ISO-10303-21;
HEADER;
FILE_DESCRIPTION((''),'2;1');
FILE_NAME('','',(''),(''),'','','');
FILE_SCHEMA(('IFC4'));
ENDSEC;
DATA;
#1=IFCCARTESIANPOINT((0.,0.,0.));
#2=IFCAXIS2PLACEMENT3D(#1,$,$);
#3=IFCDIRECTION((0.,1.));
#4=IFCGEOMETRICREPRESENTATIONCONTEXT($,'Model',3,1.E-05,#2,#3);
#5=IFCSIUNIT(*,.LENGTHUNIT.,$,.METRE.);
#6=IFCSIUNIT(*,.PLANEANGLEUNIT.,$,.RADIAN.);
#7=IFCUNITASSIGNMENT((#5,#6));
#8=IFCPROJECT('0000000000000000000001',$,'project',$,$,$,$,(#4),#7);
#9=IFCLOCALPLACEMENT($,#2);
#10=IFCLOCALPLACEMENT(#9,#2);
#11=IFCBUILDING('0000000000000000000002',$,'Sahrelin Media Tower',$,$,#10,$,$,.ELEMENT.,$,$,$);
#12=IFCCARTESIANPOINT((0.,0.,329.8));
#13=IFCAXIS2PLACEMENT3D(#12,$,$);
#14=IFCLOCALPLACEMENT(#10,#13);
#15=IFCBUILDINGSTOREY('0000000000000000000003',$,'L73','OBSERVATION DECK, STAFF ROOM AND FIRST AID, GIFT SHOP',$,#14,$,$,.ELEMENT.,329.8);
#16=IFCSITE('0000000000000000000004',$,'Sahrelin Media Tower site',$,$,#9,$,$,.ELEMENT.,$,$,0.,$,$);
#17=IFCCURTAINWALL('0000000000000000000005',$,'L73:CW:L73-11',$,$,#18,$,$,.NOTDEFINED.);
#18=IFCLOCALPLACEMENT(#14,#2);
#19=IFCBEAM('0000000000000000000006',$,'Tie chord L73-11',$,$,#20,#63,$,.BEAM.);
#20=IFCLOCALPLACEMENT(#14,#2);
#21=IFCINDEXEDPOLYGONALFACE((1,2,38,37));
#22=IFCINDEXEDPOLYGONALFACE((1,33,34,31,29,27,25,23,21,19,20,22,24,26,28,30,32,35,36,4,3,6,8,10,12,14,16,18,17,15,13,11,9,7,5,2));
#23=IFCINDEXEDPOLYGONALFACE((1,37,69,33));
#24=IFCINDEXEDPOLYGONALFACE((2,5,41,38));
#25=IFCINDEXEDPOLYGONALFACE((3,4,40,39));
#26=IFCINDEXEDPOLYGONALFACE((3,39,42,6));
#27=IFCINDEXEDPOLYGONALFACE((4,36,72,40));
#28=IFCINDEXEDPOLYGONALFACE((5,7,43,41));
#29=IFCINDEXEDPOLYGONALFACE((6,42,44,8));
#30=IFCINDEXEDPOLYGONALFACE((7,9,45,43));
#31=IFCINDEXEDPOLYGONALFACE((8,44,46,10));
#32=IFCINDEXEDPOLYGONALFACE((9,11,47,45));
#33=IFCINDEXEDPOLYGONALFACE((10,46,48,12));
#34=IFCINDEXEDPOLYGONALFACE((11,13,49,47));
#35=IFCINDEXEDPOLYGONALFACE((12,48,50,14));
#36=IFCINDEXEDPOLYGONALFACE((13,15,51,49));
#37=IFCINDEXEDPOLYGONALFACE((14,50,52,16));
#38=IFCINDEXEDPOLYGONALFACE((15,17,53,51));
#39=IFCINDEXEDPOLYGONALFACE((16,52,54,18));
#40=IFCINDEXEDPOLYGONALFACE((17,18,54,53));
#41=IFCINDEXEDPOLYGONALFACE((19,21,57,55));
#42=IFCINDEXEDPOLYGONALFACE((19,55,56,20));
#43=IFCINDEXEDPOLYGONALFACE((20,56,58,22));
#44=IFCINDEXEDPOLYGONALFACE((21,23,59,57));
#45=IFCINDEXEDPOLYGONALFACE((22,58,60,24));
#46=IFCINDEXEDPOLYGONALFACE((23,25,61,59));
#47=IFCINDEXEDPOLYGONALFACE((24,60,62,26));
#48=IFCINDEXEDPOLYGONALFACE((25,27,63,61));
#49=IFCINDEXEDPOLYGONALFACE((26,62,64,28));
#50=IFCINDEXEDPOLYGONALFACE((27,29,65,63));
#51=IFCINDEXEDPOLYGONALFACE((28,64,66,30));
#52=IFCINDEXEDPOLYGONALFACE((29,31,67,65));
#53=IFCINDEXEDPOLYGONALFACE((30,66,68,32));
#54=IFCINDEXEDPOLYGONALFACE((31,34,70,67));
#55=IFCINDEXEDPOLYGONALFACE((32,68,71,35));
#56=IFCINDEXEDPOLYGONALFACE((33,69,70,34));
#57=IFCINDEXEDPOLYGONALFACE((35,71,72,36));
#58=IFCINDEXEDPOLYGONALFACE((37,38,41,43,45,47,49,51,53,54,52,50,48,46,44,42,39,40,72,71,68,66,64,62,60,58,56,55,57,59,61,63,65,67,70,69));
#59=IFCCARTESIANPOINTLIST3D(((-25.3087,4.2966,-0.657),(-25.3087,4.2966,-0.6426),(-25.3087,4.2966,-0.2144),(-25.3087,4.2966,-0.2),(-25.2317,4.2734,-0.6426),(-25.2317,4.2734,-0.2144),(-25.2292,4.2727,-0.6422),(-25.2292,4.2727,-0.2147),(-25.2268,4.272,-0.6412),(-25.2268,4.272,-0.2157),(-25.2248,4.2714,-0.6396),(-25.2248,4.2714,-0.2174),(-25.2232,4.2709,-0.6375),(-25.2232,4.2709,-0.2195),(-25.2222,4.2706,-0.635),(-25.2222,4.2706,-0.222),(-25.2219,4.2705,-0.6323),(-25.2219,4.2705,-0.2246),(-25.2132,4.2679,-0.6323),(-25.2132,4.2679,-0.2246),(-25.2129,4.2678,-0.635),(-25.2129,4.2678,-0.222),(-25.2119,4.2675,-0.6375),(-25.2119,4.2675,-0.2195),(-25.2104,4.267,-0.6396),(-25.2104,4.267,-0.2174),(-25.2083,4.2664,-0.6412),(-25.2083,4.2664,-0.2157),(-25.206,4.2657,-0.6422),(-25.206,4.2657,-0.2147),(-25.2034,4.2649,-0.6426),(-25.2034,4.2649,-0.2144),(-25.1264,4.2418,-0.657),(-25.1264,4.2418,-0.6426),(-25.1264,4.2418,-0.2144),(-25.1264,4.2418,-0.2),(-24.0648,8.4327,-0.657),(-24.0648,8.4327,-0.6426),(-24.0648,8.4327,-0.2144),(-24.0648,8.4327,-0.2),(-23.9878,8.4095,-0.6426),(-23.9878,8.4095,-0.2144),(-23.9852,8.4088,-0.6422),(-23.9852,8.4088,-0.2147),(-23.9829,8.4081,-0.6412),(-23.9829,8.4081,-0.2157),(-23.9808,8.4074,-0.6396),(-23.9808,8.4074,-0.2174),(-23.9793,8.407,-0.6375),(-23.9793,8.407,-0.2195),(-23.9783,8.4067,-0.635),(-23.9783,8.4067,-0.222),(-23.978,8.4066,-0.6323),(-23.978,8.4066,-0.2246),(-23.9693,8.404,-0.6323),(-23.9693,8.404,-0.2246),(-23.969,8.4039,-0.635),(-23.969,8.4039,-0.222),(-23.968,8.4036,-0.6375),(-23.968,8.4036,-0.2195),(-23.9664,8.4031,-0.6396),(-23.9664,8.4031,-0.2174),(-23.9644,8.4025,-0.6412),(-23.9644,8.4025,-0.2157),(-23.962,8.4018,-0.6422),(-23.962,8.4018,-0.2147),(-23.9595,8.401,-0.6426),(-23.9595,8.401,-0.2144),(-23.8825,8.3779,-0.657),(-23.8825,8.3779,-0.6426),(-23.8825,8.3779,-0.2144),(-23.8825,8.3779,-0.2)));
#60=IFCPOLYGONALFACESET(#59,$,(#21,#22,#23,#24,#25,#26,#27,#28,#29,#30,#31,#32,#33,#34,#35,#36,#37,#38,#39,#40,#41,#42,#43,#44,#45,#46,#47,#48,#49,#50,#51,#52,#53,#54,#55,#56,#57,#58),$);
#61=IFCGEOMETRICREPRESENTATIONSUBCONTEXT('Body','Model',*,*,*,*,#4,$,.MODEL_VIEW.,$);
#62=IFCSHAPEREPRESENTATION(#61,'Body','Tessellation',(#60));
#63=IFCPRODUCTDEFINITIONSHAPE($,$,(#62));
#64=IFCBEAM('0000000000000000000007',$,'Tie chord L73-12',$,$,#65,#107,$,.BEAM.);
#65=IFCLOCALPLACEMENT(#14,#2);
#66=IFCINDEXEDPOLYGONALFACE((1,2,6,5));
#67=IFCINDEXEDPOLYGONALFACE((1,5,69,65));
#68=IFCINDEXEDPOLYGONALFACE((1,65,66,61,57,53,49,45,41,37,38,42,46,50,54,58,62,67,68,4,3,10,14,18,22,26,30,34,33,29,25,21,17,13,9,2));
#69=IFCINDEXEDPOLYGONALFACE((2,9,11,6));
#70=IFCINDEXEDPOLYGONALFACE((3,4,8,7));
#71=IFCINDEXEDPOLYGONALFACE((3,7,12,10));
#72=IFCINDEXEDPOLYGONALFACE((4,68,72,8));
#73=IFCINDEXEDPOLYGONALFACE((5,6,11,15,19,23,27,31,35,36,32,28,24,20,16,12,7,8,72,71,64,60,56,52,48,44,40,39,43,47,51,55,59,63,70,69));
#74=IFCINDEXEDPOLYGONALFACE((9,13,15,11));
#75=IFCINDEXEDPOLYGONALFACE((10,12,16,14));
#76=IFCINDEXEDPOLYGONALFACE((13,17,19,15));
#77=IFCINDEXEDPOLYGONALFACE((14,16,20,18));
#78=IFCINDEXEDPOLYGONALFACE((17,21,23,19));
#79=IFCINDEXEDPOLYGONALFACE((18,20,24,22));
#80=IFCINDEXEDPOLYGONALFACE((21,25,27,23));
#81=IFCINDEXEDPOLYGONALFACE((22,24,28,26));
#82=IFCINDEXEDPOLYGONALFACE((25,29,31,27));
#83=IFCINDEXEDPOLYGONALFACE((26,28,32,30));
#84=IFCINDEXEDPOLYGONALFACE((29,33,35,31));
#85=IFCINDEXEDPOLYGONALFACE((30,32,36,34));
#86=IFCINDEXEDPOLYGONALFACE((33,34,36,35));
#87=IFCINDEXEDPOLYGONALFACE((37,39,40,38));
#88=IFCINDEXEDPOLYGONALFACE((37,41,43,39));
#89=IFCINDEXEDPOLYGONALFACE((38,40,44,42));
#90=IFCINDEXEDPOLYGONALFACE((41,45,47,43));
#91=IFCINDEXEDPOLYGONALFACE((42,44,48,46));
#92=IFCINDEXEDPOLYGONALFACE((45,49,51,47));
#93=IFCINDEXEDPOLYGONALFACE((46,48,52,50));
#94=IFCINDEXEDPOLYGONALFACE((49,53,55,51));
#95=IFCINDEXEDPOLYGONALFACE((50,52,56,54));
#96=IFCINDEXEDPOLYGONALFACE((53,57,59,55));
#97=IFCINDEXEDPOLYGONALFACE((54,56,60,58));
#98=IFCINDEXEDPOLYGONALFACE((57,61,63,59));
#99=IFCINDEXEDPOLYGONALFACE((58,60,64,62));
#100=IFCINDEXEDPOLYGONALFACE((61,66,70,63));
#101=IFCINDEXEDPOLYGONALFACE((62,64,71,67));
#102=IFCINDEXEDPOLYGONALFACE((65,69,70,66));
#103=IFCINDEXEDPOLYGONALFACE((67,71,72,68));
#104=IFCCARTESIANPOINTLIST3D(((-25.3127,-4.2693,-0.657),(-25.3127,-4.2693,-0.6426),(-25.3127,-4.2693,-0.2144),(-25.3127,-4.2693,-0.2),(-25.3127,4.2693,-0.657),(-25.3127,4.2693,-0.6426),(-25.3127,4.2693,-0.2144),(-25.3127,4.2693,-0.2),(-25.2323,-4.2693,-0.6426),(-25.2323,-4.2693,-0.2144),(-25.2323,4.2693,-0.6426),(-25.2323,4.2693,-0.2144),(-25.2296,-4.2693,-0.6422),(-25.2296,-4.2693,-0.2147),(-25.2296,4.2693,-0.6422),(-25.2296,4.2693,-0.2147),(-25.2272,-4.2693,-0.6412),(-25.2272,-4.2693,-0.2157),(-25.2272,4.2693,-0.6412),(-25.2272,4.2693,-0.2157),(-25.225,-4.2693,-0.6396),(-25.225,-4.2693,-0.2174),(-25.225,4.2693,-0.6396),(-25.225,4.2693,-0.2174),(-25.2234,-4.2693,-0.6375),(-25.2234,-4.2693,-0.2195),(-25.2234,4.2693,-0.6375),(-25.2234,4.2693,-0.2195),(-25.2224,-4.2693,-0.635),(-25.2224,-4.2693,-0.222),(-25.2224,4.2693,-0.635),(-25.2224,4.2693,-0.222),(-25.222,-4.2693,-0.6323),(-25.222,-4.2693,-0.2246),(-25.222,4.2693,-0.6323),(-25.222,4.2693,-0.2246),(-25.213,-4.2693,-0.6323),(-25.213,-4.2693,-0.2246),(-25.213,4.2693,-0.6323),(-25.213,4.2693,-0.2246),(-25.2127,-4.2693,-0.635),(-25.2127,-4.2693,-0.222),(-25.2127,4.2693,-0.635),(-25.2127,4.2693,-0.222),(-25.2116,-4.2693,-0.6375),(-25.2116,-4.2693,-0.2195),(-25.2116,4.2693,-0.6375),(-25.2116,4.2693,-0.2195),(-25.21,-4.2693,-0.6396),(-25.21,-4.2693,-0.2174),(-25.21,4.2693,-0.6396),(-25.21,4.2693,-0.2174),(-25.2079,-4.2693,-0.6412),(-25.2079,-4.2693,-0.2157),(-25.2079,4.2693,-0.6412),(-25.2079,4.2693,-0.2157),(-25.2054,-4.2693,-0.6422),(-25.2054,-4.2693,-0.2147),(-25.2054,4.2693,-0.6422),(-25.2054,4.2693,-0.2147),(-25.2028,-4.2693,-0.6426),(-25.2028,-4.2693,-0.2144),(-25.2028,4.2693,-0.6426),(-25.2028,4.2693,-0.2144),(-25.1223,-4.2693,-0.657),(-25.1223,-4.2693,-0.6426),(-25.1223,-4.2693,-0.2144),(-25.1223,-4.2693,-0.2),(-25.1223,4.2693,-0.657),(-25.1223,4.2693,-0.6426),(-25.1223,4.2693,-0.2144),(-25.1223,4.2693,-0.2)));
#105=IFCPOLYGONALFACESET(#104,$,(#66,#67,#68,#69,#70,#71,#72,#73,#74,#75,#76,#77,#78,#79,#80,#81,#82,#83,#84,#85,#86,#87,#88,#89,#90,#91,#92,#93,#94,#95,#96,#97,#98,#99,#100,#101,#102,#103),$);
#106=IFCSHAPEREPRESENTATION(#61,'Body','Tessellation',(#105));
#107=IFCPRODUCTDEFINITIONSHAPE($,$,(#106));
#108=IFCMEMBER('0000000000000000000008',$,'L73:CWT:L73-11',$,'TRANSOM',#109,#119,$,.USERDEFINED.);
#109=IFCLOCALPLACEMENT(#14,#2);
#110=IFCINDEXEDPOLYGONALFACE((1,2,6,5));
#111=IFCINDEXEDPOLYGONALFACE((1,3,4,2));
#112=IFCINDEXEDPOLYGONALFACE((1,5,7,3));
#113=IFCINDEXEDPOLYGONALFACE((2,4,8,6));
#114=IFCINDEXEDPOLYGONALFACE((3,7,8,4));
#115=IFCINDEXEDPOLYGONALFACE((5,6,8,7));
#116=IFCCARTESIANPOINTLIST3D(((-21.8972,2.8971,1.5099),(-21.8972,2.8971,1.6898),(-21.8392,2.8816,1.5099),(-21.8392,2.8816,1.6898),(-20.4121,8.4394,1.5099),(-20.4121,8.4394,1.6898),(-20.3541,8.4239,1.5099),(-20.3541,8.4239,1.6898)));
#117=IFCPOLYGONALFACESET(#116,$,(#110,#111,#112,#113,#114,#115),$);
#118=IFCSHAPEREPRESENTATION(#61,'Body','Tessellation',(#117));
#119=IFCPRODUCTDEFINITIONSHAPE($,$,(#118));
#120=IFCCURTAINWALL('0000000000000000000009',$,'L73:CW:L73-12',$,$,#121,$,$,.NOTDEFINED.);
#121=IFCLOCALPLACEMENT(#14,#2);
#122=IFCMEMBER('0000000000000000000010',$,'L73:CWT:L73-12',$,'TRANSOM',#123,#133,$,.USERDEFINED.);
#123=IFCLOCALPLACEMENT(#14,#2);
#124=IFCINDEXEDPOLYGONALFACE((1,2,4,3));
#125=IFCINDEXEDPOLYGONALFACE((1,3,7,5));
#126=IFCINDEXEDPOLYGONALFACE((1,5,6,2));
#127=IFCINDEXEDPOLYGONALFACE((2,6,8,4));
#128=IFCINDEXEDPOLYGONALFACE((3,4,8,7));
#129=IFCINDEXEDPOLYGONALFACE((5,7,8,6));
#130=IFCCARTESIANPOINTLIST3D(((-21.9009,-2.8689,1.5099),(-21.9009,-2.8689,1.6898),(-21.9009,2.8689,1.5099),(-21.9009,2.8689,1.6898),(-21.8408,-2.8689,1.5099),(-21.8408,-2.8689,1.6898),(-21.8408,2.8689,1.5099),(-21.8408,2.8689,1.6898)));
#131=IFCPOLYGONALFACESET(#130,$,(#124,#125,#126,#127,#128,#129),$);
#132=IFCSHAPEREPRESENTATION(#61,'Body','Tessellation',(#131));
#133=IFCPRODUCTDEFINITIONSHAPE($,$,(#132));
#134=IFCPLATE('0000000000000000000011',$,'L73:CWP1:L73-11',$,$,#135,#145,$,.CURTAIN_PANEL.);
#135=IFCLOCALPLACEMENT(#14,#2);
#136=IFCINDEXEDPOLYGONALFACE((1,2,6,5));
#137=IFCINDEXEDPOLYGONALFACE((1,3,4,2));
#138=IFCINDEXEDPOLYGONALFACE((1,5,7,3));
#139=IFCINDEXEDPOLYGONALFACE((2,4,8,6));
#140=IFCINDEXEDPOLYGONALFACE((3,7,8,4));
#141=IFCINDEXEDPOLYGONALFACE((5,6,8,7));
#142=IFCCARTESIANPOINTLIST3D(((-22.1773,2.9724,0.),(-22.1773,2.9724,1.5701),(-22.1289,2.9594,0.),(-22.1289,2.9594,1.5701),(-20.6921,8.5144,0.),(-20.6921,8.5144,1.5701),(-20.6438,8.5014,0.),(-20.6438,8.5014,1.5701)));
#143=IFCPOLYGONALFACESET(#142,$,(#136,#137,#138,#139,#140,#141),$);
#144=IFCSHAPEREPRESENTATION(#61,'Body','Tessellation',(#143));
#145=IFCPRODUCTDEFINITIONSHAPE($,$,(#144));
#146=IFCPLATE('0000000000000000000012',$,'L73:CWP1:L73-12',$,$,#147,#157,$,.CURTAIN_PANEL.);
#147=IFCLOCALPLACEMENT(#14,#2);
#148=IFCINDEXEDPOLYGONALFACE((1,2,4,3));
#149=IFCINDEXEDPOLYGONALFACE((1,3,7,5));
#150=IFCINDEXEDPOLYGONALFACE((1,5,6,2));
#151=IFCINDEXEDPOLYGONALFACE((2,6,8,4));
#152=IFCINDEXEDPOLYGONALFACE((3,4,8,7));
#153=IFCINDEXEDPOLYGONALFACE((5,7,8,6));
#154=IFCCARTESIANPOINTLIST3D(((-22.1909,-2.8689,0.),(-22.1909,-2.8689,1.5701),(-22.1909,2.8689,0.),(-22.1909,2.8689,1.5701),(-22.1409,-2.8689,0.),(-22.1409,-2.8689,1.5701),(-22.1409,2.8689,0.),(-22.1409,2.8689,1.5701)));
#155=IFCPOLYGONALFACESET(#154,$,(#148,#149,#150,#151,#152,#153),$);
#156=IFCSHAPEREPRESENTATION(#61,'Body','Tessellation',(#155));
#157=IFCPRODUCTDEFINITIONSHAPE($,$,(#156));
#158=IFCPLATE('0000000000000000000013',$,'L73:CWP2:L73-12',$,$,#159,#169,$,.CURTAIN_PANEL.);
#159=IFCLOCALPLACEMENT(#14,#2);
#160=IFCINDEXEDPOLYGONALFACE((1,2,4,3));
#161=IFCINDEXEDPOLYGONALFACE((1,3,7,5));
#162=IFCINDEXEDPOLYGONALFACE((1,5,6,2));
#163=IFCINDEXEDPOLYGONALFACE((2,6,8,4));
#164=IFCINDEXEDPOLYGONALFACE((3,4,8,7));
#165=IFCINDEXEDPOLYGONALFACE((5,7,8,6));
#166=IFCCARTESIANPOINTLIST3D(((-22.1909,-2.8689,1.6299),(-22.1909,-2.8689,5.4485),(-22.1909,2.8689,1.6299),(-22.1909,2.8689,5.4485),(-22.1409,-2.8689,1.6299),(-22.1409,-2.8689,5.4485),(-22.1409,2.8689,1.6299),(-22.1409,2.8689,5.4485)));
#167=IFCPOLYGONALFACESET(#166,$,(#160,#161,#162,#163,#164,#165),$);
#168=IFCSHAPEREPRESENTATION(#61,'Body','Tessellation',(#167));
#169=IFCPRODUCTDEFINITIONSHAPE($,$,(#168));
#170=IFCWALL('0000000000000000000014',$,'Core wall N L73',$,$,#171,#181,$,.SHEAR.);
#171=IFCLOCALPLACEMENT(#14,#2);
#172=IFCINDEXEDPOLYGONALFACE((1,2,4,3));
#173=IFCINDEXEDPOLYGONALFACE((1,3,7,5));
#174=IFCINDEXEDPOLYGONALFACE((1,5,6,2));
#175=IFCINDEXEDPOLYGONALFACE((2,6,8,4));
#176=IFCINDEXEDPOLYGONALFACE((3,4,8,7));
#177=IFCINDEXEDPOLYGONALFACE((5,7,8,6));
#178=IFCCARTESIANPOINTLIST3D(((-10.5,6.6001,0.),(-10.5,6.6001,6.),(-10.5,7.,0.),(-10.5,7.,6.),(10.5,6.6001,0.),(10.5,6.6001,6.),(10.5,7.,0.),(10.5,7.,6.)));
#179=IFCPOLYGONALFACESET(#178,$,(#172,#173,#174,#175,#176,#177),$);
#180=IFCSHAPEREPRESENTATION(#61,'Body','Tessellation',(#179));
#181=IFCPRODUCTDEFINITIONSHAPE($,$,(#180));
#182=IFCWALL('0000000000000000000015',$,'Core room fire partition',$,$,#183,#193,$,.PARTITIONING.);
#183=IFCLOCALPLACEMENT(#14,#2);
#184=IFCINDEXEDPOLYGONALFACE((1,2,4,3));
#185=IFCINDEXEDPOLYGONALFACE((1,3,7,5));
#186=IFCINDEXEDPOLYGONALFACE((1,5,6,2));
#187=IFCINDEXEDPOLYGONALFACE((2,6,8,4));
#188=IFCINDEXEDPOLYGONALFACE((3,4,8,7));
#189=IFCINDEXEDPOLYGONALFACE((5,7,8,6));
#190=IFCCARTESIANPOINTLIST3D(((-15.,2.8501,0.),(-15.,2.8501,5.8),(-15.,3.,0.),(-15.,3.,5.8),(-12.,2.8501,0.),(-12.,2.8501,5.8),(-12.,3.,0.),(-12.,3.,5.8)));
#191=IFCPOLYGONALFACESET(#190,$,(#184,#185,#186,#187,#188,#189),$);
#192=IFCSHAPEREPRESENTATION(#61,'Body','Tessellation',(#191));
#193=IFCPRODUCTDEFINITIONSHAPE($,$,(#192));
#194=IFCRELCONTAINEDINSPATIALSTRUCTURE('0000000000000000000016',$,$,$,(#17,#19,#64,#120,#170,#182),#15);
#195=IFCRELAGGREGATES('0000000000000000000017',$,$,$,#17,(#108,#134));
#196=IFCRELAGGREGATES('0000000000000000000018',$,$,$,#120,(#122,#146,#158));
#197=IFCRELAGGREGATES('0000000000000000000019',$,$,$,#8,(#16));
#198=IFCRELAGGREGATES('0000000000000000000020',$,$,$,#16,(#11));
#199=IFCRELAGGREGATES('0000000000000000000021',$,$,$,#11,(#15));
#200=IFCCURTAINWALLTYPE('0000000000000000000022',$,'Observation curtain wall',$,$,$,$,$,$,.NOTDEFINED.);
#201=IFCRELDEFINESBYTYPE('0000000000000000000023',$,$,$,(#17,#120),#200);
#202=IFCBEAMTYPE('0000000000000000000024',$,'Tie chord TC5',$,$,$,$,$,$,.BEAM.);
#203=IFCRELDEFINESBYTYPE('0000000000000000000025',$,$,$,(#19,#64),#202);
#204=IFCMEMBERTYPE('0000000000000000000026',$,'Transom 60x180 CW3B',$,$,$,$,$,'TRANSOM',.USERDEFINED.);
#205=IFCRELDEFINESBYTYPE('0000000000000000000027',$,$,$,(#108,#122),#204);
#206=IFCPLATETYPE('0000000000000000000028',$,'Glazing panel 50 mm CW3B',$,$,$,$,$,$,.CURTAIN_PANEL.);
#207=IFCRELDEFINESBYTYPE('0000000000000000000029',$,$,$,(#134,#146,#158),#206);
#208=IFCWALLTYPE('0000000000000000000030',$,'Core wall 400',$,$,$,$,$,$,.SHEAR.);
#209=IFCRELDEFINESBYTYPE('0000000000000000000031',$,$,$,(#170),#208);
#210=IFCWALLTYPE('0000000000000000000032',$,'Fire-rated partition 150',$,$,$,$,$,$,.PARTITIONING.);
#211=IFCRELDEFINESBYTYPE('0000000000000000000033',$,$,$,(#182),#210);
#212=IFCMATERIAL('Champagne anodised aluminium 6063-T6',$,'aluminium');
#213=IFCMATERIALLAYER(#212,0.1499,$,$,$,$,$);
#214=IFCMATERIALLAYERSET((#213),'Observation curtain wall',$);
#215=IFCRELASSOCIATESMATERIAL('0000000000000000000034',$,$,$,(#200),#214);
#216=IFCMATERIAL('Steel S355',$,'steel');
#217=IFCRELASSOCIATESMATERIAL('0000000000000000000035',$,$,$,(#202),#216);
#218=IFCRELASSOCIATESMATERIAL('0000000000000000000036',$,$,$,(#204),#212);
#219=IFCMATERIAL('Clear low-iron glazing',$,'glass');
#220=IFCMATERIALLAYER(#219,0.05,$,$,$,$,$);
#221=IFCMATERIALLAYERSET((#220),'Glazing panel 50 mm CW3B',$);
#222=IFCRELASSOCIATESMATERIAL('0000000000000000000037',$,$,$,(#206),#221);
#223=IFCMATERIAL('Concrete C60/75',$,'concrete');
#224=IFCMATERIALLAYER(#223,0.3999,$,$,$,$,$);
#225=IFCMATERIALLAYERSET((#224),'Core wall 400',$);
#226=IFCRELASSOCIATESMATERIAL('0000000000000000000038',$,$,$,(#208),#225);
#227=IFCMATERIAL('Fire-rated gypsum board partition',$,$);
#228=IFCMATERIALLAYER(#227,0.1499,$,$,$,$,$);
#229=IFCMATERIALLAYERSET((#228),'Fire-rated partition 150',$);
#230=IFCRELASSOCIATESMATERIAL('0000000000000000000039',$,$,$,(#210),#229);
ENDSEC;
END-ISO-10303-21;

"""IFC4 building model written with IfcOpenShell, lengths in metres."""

from ifc_helpers import new_model, si_unit, direction, frame, frame_2d, origin, origin_2d, place, context, subcontext, project, spatial, polyline, rectangle, i_section, outline, extrude, material, layer, layer_set, material_profile, profile_set, type_object, element, aggregate, save


model = new_model("IFC4")

# Units and contexts
model_context = context("Model", 3, precision=1e-05, world=origin(), true_north=direction((0.0, 1.0)))
body_context = subcontext(model_context, "Body", "Model", "MODEL_VIEW")
ifc_project = project(units=[si_unit("LENGTHUNIT", "METRE"), si_unit("PLANEANGLEUNIT", "RADIAN")], contexts=[model_context])

# Site, building, storey
site_placement = place(None, origin())
site = spatial("IfcSite", under=ifc_project, at=site_placement, Name="Sahrelin Media Tower site", CompositionType="ELEMENT", RefElevation=0.0)
building_placement = place(site_placement, origin())
building = spatial("IfcBuilding", under=site, at=building_placement, Name="Sahrelin Media Tower", CompositionType="ELEMENT")
storey_placement = place(building_placement, frame((0.0, 0.0, 329.8)))
storey = spatial("IfcBuildingStorey", under=building, at=storey_placement, Name="L73", Description="OBSERVATION DECK, STAFF ROOM AND FIRST AID, GIFT SHOP", CompositionType="ELEMENT", Elevation=329.8)

# Shared definitions
ifc_material_1 = material(Name="Steel S355", Category="steel")

# Curtain wall
ifc_material_2 = material(Name="Champagne anodised aluminium 6063-T6", Category="aluminium")
ifc_layer_1 = layer(ifc_material_2, 0.1499)
ifc_layer_set_1 = layer_set([ifc_layer_1], Name="Observation curtain wall")
curtain_wall_type = type_object("IfcCurtainWallType", Name="Observation curtain wall", PredefinedType="NOTDEFINED", material=ifc_layer_set_1)
curtain_wall_1_placement = place(storey_placement, frame((-21.4153, 5.7383, 0.0), z_axis=(0.0, 0.0, 1.0), x_axis=(1.0, 0.0, 0.0)))
curtain_wall_1 = element("IfcCurtainWall", 1, at=curtain_wall_1_placement, inside=storey, type_object=curtain_wall_type, Name="L73:CW:L73-11", PredefinedType="NOTDEFINED")

# Beams
ifc_material_profile_1 = material_profile(ifc_material_1, i_section(OverallWidth=0.1904, OverallDepth=0.457, WebThickness=0.009, FlangeThickness=0.0144, FilletRadius=0.0103, at=origin_2d()), Name="UB 457x191x74")
ifc_profile_set_1 = profile_set([ifc_material_profile_1], Name="Steel S355")
beam_type_1 = type_object("IfcBeamType", Name="Tie chord TC5", PredefinedType="BEAM", material=ifc_profile_set_1)
beam_1_placement = place(storey_placement, frame((-23.9736, 8.4053, -0.4285), z_axis=(-0.288006, -0.957628, 0.0), x_axis=(0.957628, -0.288006, 0.0)))
element("IfcBeam", 2, at=beam_1_placement, inside=storey, type_object=beam_type_1, Name="Tie chord L73-11", PredefinedType="BEAM", context=body_context, shape_type="SweptSolid", body=[
    extrude(i_section(OverallWidth=0.1904, OverallDepth=0.457, WebThickness=0.009, FlangeThickness=0.0144, FilletRadius=0.0103, at=origin_2d()), origin(), (0.0, 0.0, 1.0), 4.3191),
])
beam_2_placement = place(storey_placement, frame((-25.2175, 4.2693, -0.4285), z_axis=(0.0, -1.0, 0.0), x_axis=(1.0, 0.0, 0.0)))
element("IfcBeam", 3, at=beam_2_placement, inside=storey, type_object=beam_type_1, Name="Tie chord L73-12", PredefinedType="BEAM", context=body_context, shape_type="SweptSolid", body=[
    extrude(i_section(OverallWidth=0.1904, OverallDepth=0.457, WebThickness=0.009, FlangeThickness=0.0144, FilletRadius=0.0103, at=origin_2d()), origin(), (0.0, 0.0, 1.0), 8.5386),
])

# Member
ifc_material_profile_2 = material_profile(ifc_material_2, rectangle(XDim=0.0601, YDim=0.1799, at=origin_2d()), Name="Transom 60x180")
ifc_profile_set_2 = profile_set([ifc_material_profile_2], Name="Champagne anodised aluminium 6063-T6")
member_type_1 = type_object("IfcMemberType", Name="Transom 60x180 CW3B", ElementType="TRANSOM", PredefinedType="USERDEFINED", material=ifc_profile_set_2)
member_1_placement = place(storey_placement, frame((-20.3831, 8.4316, 1.5999), z_axis=(-0.25883, -0.965923, 0.0), x_axis=(0.965923, -0.25883, 0.0)))
member_1 = element("IfcMember", 4, at=member_1_placement, type_object=member_type_1, Name="L73:CWT:L73-11", ObjectType="TRANSOM", PredefinedType="USERDEFINED", context=body_context, shape_type="SweptSolid", body=[
    extrude(rectangle(XDim=0.0601, YDim=0.1799, at=origin_2d()), origin(), (0.0, 0.0, 1.0), 5.7378),
])

# Curtain wall, member
curtain_wall_2_placement = place(storey_placement, frame((-22.1709, 0.0, 0.0), z_axis=(0.0, 0.0, 1.0), x_axis=(1.0, 0.0, 0.0)))
curtain_wall_2 = element("IfcCurtainWall", 5, at=curtain_wall_2_placement, inside=storey, type_object=curtain_wall_type, Name="L73:CW:L73-12", PredefinedType="NOTDEFINED")
member_2_placement = place(storey_placement, frame((-21.8708, 2.8689, 1.5999), z_axis=(0.0, -1.0, 0.0), x_axis=(1.0, 0.0, 0.0)))
member_2 = element("IfcMember", 6, at=member_2_placement, type_object=member_type_1, Name="L73:CWT:L73-12", ObjectType="TRANSOM", PredefinedType="USERDEFINED", context=body_context, shape_type="SweptSolid", body=[
    extrude(rectangle(XDim=0.0601, YDim=0.1799, at=origin_2d()), origin(), (0.0, 0.0, 1.0), 5.7378),
])

# Plates
ifc_material_3 = material(Name="Clear low-iron glazing", Category="glass")
ifc_layer_2 = layer(ifc_material_3, 0.05)
ifc_layer_set_2 = layer_set([ifc_layer_2], Name="Glazing panel 50 mm CW3B")
plate_type = type_object("IfcPlateType", Name="Glazing panel 50 mm CW3B", PredefinedType="CURTAIN_PANEL", material=ifc_layer_set_2)
plate_1_placement = place(storey_placement, frame((-20.6921, 8.5144, 0.0), z_axis=(-0.96592, 0.258841, 0.0), x_axis=(-0.258841, -0.96592, 0.0)))
plate_1 = element("IfcPlate", 7, at=plate_1_placement, type_object=plate_type, Name="L73:CWP1:L73-11", PredefinedType="CURTAIN_PANEL", context=body_context, shape_type="SweptSolid", body=[
    extrude(outline(polyline([(0.0, 0.0), (5.7375, 0.0), (5.7375, 1.5701), (0.0, 1.5701), (0.0, 0.0)])), origin(), (0.0, 0.0, -1.0), 0.05),
])
aggregate(curtain_wall_1, [member_1, plate_1])
plate_2_placement = place(storey_placement, frame((-22.1909, 2.8689, 0.0), z_axis=(-1.0, 0.0, 0.0), x_axis=(0.0, -1.0, 0.0)))
plate_2 = element("IfcPlate", 8, at=plate_2_placement, type_object=plate_type, Name="L73:CWP1:L73-12", PredefinedType="CURTAIN_PANEL", context=body_context, shape_type="SweptSolid", body=[
    extrude(outline(polyline([(0.0, 0.0), (5.7378, 0.0), (5.7378, 1.5701), (0.0, 1.5701), (0.0, 0.0)])), origin(), (0.0, 0.0, -1.0), 0.05),
])
plate_3_placement = place(storey_placement, frame((-22.1909, 2.8689, 1.6299), z_axis=(-1.0, 0.0, 0.0), x_axis=(0.0, -1.0, 0.0)))
plate_3 = element("IfcPlate", 9, at=plate_3_placement, type_object=plate_type, Name="L73:CWP2:L73-12", PredefinedType="CURTAIN_PANEL", context=body_context, shape_type="SweptSolid", body=[
    extrude(outline(polyline([(0.0, 0.0), (5.7378, 0.0), (5.7378, 3.8186), (0.0, 3.8186), (0.0, 0.0)])), origin(), (0.0, 0.0, -1.0), 0.05),
])
aggregate(curtain_wall_2, [member_2, plate_2, plate_3])

# Walls
ifc_material_4 = material(Name="Concrete C60/75", Category="concrete")
ifc_layer_3 = layer(ifc_material_4, 0.3999)
ifc_layer_set_3 = layer_set([ifc_layer_3], Name="Core wall 400")
wall_type_1 = type_object("IfcWallType", Name="Core wall 400", PredefinedType="SHEAR", material=ifc_layer_set_3)
wall_1_placement = place(storey_placement, frame((-10.5, 6.8, 0.0), z_axis=(0.0, 0.0, 1.0), x_axis=(1.0, 0.0, 0.0)))
element("IfcWall", 10, at=wall_1_placement, inside=storey, type_object=wall_type_1, Name="Core wall N L73", PredefinedType="SHEAR", context=body_context, shape_type="SweptSolid", body=[
    extrude(rectangle(XDim=21.0, YDim=0.3999, at=frame_2d((10.5, 0.0))), origin(), (0.0, 0.0, 1.0), 6.0),
])
ifc_material_5 = material(Name="Fire-rated gypsum board partition")
ifc_layer_4 = layer(ifc_material_5, 0.1499)
ifc_layer_set_4 = layer_set([ifc_layer_4], Name="Fire-rated partition 150")
wall_type_2 = type_object("IfcWallType", Name="Fire-rated partition 150", PredefinedType="PARTITIONING", material=ifc_layer_set_4)
wall_2_placement = place(storey_placement, frame((-15.0, 2.925, 0.0), z_axis=(0.0, 0.0, 1.0), x_axis=(1.0, 0.0, 0.0)))
element("IfcWall", 11, at=wall_2_placement, inside=storey, type_object=wall_type_2, Name="Core room fire partition", PredefinedType="PARTITIONING", context=body_context, shape_type="SweptSolid", body=[
    extrude(rectangle(XDim=3.0, YDim=0.1499, at=frame_2d((1.5, 0.0))), origin(), (0.0, 0.0, 1.0), 5.8),
])

save(model, "model.ifc")
